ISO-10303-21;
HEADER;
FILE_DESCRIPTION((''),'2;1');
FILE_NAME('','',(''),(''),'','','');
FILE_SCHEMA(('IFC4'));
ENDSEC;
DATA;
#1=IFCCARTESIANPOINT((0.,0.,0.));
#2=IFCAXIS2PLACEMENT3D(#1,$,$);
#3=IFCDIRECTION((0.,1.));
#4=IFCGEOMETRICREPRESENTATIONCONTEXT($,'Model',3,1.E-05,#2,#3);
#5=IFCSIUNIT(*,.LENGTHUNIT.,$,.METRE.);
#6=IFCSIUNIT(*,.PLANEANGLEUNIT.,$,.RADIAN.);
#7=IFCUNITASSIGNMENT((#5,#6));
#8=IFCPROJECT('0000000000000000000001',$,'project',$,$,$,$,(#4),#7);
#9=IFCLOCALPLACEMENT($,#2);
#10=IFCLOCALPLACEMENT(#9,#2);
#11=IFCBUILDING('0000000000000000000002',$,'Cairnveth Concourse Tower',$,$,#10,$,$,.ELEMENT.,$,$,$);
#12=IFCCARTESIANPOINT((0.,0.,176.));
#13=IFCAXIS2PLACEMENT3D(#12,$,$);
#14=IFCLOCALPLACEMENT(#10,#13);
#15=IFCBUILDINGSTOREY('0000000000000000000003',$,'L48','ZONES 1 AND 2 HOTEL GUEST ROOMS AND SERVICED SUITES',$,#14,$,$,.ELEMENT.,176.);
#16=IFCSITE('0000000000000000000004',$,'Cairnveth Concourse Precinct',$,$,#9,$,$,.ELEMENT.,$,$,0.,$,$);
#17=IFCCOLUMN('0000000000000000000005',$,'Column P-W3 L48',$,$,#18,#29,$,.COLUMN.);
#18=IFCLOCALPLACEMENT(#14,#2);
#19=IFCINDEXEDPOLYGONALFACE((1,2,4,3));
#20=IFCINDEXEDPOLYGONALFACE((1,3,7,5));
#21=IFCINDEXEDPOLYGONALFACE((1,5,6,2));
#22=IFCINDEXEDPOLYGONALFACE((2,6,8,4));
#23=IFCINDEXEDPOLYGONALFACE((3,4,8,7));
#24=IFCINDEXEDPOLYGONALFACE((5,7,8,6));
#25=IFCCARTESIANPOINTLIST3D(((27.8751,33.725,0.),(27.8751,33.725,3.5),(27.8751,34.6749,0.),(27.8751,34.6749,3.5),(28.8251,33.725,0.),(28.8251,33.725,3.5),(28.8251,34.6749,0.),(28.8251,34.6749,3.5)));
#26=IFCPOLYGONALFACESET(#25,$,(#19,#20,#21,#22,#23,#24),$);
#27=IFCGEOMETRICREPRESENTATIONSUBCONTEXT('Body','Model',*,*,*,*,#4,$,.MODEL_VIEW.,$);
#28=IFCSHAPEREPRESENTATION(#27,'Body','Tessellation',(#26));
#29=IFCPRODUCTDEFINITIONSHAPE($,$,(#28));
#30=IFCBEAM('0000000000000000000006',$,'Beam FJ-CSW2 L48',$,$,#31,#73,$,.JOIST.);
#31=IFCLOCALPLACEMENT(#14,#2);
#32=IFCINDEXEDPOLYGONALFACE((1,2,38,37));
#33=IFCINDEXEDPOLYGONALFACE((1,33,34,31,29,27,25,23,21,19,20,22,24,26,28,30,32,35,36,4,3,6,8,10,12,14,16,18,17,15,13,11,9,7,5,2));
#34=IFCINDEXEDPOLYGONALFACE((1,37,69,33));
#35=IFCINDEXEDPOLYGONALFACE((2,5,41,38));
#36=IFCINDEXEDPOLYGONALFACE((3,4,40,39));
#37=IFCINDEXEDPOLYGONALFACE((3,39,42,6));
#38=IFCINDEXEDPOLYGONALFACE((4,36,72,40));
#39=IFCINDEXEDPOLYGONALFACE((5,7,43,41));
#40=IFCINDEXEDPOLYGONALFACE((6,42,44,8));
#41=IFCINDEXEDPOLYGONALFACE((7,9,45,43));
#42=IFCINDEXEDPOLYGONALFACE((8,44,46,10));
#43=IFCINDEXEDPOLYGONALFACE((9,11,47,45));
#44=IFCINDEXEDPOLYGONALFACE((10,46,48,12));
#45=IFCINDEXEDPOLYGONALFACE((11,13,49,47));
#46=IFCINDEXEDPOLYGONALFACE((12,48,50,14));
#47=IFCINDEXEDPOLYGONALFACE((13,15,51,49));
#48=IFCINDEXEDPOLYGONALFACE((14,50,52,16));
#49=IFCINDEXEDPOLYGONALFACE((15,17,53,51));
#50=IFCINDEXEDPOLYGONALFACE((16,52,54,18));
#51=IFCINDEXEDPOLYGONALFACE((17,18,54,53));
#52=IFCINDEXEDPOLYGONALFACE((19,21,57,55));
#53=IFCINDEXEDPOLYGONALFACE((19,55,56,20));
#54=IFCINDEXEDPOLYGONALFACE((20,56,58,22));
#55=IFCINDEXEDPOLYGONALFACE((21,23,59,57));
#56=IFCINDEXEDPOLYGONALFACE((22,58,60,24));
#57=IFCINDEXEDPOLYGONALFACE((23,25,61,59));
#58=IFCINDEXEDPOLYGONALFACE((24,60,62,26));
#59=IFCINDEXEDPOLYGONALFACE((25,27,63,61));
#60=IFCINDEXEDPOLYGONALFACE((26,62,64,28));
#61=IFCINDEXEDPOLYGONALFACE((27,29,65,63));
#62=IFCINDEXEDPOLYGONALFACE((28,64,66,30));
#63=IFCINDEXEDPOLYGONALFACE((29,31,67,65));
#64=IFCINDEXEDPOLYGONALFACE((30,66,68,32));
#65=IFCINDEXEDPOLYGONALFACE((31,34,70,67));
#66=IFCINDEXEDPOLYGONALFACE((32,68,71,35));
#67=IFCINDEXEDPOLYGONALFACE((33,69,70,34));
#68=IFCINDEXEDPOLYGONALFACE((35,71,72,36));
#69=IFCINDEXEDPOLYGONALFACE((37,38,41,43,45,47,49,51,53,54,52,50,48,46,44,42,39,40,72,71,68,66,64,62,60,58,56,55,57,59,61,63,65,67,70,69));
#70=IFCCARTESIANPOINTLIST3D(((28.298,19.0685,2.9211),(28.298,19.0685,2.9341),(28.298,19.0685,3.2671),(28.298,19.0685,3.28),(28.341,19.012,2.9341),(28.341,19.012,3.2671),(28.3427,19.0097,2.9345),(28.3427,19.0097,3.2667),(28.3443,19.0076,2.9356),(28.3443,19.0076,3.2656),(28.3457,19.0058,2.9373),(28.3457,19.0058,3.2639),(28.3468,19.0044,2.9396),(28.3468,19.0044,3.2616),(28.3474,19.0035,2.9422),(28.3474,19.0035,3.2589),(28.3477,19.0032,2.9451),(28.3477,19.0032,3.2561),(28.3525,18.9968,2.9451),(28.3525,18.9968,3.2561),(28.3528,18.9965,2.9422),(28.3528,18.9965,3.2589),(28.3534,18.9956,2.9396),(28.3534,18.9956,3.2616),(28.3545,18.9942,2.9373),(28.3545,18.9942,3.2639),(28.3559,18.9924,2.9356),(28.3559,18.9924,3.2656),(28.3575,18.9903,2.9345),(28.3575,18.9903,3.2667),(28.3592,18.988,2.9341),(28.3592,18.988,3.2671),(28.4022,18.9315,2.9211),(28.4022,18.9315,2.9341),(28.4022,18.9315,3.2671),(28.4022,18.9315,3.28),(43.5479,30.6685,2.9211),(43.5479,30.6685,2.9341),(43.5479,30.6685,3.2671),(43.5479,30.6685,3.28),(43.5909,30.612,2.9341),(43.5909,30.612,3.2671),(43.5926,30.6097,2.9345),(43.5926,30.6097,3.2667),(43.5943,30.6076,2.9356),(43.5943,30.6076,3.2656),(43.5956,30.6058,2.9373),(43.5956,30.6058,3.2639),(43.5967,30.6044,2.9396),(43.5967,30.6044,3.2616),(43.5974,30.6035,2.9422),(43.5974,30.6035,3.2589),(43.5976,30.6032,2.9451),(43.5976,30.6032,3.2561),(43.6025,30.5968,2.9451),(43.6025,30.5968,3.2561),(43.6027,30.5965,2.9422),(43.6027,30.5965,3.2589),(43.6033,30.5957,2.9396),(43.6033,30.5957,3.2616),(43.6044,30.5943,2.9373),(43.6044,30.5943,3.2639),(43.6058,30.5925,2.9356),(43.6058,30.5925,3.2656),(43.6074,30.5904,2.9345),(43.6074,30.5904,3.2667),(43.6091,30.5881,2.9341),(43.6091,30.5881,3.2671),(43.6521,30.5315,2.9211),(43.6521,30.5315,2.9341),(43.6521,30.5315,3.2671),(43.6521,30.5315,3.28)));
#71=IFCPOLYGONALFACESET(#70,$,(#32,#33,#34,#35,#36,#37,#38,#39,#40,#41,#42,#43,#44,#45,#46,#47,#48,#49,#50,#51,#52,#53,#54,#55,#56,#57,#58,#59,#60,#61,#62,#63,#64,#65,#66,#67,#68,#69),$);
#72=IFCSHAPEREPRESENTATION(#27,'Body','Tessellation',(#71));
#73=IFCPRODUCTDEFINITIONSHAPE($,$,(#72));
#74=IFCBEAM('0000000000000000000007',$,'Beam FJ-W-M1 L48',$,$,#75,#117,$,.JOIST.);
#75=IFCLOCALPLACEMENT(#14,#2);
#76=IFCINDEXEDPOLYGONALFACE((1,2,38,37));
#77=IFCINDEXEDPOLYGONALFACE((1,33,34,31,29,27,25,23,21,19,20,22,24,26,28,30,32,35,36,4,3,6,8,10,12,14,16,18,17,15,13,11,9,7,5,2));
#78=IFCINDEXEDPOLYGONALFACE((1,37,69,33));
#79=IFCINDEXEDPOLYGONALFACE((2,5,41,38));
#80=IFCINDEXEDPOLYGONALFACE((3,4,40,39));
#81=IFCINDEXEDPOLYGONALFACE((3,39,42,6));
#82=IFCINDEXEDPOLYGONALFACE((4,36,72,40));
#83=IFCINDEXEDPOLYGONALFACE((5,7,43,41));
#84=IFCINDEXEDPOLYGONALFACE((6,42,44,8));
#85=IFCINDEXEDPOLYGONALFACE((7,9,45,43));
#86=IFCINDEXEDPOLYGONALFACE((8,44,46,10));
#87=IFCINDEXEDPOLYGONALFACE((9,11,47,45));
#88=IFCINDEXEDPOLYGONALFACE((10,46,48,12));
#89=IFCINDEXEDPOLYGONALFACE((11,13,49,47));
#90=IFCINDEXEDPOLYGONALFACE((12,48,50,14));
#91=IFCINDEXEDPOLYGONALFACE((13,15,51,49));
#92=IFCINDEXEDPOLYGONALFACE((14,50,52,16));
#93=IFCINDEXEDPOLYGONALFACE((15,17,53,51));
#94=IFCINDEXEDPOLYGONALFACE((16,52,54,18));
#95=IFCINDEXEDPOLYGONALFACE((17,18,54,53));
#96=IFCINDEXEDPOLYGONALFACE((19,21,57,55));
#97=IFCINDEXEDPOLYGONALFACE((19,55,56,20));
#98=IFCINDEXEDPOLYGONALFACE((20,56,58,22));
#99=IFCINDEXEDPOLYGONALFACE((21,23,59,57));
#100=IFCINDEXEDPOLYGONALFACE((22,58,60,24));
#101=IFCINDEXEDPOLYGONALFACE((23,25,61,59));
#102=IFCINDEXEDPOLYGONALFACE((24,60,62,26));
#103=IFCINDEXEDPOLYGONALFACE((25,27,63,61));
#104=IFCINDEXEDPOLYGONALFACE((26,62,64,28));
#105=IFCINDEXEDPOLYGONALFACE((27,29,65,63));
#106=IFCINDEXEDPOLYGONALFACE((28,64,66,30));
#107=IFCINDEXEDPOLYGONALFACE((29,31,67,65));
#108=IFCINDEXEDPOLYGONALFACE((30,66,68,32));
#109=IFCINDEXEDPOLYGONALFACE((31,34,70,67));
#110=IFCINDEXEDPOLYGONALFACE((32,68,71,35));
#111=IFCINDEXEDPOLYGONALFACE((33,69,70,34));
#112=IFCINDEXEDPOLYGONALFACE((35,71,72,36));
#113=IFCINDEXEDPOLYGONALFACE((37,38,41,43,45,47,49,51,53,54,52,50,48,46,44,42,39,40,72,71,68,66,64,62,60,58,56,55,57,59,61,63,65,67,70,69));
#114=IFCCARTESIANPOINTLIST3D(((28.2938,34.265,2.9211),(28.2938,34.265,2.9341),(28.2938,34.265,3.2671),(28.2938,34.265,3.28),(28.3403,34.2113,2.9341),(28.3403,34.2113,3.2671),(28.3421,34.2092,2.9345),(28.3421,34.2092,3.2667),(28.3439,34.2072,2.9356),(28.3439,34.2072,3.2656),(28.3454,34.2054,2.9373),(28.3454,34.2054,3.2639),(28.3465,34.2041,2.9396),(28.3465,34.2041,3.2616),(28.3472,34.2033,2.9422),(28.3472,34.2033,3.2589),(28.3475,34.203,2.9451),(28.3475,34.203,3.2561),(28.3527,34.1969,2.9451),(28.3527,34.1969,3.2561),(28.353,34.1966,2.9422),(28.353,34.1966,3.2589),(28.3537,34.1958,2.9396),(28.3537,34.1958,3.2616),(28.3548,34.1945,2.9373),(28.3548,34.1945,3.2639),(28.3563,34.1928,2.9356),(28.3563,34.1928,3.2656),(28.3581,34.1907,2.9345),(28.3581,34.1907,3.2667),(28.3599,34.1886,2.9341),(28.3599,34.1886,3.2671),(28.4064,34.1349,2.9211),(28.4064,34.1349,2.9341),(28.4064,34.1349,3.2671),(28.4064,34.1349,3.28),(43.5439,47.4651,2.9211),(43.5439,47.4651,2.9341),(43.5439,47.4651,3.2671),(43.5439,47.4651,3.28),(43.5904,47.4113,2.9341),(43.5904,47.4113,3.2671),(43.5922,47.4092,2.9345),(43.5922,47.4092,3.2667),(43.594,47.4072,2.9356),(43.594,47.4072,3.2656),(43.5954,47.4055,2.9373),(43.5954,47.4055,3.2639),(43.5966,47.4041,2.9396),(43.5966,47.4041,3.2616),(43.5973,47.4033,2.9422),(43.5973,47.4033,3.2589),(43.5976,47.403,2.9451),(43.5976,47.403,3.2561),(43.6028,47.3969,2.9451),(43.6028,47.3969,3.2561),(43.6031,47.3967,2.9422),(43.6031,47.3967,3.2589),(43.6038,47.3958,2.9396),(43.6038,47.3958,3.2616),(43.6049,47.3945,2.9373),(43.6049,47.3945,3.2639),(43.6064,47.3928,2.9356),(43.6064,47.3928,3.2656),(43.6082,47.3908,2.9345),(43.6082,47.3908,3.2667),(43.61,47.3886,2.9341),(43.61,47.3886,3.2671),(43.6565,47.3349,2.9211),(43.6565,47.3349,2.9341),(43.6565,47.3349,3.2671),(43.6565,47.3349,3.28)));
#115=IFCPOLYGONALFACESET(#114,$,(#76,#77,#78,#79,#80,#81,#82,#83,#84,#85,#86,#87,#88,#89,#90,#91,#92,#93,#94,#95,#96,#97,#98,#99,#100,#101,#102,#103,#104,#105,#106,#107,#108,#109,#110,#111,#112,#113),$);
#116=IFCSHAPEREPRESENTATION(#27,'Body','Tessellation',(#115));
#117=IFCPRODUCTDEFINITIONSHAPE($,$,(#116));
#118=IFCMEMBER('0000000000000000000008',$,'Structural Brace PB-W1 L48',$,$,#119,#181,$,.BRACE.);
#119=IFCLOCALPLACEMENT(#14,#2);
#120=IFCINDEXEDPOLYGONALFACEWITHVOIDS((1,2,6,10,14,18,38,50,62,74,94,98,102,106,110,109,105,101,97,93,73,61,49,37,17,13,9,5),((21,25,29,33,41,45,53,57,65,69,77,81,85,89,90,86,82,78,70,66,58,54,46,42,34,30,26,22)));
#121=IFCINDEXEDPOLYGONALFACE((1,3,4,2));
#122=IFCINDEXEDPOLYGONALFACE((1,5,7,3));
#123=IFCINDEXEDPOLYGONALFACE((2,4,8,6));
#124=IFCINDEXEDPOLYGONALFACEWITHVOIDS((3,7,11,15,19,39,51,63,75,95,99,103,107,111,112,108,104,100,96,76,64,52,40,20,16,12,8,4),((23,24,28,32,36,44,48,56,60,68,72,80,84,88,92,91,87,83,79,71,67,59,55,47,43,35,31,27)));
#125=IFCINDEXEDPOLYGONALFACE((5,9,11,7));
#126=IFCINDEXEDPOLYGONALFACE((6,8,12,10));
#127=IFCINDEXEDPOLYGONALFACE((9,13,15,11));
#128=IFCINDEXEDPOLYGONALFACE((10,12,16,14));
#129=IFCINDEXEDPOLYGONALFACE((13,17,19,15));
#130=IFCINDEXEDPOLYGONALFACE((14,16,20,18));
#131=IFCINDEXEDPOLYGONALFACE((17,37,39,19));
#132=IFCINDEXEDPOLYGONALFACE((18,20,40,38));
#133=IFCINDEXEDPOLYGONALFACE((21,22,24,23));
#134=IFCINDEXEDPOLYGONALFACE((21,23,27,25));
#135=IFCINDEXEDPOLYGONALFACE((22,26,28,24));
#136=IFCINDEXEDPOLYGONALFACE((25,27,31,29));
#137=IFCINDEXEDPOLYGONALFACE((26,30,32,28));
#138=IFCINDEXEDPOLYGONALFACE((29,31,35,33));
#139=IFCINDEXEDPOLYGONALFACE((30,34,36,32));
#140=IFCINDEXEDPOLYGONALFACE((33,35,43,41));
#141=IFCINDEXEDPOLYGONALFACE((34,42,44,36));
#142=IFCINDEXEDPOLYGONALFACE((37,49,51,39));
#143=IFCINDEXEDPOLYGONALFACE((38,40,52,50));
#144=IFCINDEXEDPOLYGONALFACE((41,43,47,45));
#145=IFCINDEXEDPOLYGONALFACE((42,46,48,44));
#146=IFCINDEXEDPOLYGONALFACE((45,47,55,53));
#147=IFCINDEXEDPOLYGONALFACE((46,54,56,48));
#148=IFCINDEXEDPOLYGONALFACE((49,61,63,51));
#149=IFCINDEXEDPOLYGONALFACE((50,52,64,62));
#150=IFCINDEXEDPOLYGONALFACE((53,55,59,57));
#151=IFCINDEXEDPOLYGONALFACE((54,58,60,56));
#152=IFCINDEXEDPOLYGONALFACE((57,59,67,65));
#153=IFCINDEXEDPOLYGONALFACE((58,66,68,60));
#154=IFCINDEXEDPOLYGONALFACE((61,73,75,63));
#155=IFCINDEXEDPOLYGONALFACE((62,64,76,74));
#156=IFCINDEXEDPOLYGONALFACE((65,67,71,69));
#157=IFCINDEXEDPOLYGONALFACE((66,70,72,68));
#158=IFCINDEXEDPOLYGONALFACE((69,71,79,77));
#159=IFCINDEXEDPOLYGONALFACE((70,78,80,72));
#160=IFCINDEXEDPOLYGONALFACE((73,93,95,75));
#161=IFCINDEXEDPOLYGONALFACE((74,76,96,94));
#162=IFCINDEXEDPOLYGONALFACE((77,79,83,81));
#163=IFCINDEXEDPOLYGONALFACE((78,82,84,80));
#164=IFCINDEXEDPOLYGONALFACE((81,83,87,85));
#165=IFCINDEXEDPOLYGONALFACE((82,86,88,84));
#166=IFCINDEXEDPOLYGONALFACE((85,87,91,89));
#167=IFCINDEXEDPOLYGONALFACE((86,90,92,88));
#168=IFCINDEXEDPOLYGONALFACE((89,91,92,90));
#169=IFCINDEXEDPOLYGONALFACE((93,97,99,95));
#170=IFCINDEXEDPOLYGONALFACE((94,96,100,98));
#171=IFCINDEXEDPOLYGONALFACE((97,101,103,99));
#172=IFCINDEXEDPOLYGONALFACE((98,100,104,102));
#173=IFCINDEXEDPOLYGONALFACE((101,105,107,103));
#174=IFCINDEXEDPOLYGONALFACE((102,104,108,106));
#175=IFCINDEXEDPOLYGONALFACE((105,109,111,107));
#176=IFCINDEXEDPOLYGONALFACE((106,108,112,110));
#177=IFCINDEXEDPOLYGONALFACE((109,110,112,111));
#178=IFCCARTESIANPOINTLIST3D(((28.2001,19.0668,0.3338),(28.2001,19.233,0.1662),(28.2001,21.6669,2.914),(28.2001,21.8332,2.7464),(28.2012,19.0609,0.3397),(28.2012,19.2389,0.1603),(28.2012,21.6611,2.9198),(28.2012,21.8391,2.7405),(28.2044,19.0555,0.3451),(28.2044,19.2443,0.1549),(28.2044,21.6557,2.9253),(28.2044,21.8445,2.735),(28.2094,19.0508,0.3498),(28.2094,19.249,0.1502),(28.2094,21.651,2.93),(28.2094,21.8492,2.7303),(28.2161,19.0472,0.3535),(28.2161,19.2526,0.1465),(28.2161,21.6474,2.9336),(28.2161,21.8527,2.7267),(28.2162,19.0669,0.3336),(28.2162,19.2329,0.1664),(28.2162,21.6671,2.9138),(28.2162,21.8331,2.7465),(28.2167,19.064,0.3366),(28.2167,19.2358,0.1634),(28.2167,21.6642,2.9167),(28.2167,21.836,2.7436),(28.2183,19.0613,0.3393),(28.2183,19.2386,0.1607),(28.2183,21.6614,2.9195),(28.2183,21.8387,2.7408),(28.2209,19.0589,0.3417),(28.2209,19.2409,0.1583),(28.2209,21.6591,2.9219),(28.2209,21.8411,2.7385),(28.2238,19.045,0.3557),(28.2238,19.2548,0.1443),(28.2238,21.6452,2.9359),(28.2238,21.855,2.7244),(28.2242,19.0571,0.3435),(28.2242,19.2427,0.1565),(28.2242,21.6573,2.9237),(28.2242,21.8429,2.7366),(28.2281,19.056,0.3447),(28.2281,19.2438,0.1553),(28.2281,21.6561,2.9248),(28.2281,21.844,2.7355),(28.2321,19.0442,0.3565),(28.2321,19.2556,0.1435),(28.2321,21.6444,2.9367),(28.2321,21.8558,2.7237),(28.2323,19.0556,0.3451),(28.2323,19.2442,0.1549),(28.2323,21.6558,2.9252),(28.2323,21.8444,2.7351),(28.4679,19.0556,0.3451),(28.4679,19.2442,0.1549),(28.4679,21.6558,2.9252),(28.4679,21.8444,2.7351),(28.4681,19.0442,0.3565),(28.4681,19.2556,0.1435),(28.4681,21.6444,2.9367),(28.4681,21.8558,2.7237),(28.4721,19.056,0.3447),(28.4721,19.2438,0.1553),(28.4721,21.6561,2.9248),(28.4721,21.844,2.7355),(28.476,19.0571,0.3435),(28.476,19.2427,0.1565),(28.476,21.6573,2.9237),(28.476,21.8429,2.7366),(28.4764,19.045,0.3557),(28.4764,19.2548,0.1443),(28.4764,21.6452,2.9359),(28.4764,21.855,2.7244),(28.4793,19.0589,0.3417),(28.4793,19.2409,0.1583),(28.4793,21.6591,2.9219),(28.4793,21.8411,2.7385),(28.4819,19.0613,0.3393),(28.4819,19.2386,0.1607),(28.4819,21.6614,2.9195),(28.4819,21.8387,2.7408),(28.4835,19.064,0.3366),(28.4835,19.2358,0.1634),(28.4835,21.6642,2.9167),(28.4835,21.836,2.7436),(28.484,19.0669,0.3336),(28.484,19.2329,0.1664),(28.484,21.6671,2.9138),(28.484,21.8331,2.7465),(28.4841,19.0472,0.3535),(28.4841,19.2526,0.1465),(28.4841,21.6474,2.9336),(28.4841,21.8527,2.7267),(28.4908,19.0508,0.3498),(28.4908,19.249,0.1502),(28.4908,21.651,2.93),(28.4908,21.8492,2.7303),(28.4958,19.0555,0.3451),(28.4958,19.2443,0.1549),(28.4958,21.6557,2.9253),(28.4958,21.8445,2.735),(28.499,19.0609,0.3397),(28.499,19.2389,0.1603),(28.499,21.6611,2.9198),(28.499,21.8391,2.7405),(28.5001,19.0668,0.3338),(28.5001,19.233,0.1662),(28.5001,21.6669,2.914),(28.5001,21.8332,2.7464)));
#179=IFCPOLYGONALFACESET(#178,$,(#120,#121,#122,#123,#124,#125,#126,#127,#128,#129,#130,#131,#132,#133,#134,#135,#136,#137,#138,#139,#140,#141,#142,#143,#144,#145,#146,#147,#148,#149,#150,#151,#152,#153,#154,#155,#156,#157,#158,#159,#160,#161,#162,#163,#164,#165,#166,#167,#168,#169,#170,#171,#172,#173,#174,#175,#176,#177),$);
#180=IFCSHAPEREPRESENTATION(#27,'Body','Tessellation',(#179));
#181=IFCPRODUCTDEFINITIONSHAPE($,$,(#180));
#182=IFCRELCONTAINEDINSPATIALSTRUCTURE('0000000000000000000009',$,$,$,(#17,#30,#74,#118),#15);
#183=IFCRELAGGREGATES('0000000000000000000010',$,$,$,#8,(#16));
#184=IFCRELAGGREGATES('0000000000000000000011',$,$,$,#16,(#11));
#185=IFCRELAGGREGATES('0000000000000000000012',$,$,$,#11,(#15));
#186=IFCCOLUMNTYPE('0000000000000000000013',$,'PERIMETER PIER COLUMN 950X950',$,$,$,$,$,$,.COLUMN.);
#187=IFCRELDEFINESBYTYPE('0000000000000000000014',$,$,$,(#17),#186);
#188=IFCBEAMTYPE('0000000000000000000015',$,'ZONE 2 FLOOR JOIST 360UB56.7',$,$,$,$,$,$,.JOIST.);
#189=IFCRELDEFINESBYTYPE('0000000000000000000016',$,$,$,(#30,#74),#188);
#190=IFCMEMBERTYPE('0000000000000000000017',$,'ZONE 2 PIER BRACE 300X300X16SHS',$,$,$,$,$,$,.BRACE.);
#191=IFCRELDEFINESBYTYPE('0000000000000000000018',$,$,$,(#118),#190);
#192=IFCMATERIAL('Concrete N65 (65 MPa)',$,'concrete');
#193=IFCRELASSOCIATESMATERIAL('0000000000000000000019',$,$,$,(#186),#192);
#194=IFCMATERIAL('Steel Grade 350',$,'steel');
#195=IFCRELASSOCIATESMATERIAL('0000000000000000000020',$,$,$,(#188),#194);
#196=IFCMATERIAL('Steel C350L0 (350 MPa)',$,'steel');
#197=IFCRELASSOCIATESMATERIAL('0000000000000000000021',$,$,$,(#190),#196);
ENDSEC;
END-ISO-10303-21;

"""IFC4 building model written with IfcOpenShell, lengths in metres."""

from ifc_helpers import new_model, si_unit, direction, frame, origin, origin_2d, place, context, subcontext, project, spatial, rectangle, hollow_rectangle, i_section, extrude, material, material_profile, profile_set, type_object, element, save


model = new_model("IFC4")

# Units and contexts
model_context = context("Model", 3, precision=1e-05, world=origin(), true_north=direction((0.0, 1.0)))
body_context = subcontext(model_context, "Body", "Model", "MODEL_VIEW")
ifc_project = project(units=[si_unit("LENGTHUNIT", "METRE"), si_unit("PLANEANGLEUNIT", "RADIAN")], contexts=[model_context])

# Site, building, storey
site_placement = place(None, origin())
site = spatial("IfcSite", under=ifc_project, at=site_placement, Name="Cairnveth Concourse Precinct", CompositionType="ELEMENT", RefElevation=0.0)
building_placement = place(site_placement, origin())
building = spatial("IfcBuilding", under=site, at=building_placement, Name="Cairnveth Concourse Tower", CompositionType="ELEMENT")
storey_placement = place(building_placement, frame((0.0, 0.0, 176.0)))
storey = spatial("IfcBuildingStorey", under=building, at=storey_placement, Name="L48", Description="ZONES 1 AND 2 HOTEL GUEST ROOMS AND SERVICED SUITES", CompositionType="ELEMENT", Elevation=176.0)

# Column
ifc_material_1 = material(Name="Concrete N65 (65 MPa)", Category="concrete")
ifc_material_profile_1 = material_profile(ifc_material_1, rectangle(XDim=0.95, YDim=0.95, at=origin_2d()), Name="RC-COL-950x950")
ifc_profile_set_1 = profile_set([ifc_material_profile_1], Name="Concrete N65 (65 MPa)")
column_type = type_object("IfcColumnType", Name="PERIMETER PIER COLUMN 950X950", PredefinedType="COLUMN", material=ifc_profile_set_1)
column_placement = place(storey_placement, frame((28.3501, 34.2, 0.0), z_axis=(0.0, 0.0, 1.0), x_axis=(0.0, 1.0, 0.0)))
element("IfcColumn", 1, at=column_placement, inside=storey, type_object=column_type, Name="Column P-W3 L48", PredefinedType="COLUMN", context=body_context, shape_type="SweptSolid", body=[
    extrude(rectangle(XDim=0.95, YDim=0.95, at=origin_2d()), origin(), (0.0, 0.0, 1.0), 3.5),
])

# Beams
ifc_material_2 = material(Name="Steel Grade 350", Category="steel")
ifc_material_profile_2 = material_profile(ifc_material_2, i_section(OverallWidth=0.1721, OverallDepth=0.3589, WebThickness=0.0081, FlangeThickness=0.0129, FilletRadius=0.011, at=origin_2d()), Name="360UB56.7")
ifc_profile_set_2 = profile_set([ifc_material_profile_2], Name="Steel Grade 350")
beam_type_1 = type_object("IfcBeamType", Name="ZONE 2 FLOOR JOIST 360UB56.7", PredefinedType="JOIST", material=ifc_profile_set_2)
beam_1_placement = place(storey_placement, frame((28.3501, 19.0, 3.1006), z_axis=(0.795908, 0.605417, 0.0), x_axis=(-0.605417, 0.795908, 0.0)))
element("IfcBeam", 2, at=beam_1_placement, inside=storey, type_object=beam_type_1, Name="Beam FJ-CSW2 L48", PredefinedType="JOIST", context=body_context, shape_type="SweptSolid", body=[
    extrude(i_section(OverallWidth=0.1721, OverallDepth=0.3589, WebThickness=0.0081, FlangeThickness=0.0129, FilletRadius=0.011, at=origin_2d()), origin(), (0.0, 0.0, 1.0), 19.1604),
])
beam_2_placement = place(storey_placement, frame((28.3501, 34.2, 3.1006), z_axis=(0.756099, 0.654457, 0.0), x_axis=(-0.654457, 0.756099, 0.0)))
element("IfcBeam", 3, at=beam_2_placement, inside=storey, type_object=beam_type_1, Name="Beam FJ-W-M1 L48", PredefinedType="JOIST", context=body_context, shape_type="SweptSolid", body=[
    extrude(i_section(OverallWidth=0.1721, OverallDepth=0.3589, WebThickness=0.0081, FlangeThickness=0.0129, FilletRadius=0.011, at=origin_2d()), origin(), (0.0, 0.0, 1.0), 20.1694),
])

# Member
ifc_material_3 = material(Name="Steel C350L0 (350 MPa)", Category="steel")
ifc_material_profile_3 = material_profile(ifc_material_3, hollow_rectangle(XDim=0.3, YDim=0.3, WallThickness=0.0161, InnerFilletRadius=0.0161, OuterFilletRadius=0.032, at=origin_2d()), Name="300x300x16.0SHS")
ifc_profile_set_3 = profile_set([ifc_material_profile_3], Name="Steel C350L0 (350 MPa)")
member_type = type_object("IfcMemberType", Name="ZONE 2 PIER BRACE 300X300X16SHS", PredefinedType="BRACE", material=ifc_profile_set_3)
member_placement = place(storey_placement, frame((28.3501, 19.1499, 0.25), z_axis=(0.0, 0.709834, 0.704369), x_axis=(-1.0, 0.0, 0.0)))
element("IfcMember", 4, at=member_placement, inside=storey, type_object=member_type, Name="Structural Brace PB-W1 L48", PredefinedType="BRACE", context=body_context, shape_type="SweptSolid", body=[
    extrude(hollow_rectangle(XDim=0.3, YDim=0.3, WallThickness=0.0161, InnerFilletRadius=0.0161, OuterFilletRadius=0.032, at=origin_2d()), origin(), (0.0, 0.0, 1.0), 3.6631),
])

save(model, "model.ifc")
